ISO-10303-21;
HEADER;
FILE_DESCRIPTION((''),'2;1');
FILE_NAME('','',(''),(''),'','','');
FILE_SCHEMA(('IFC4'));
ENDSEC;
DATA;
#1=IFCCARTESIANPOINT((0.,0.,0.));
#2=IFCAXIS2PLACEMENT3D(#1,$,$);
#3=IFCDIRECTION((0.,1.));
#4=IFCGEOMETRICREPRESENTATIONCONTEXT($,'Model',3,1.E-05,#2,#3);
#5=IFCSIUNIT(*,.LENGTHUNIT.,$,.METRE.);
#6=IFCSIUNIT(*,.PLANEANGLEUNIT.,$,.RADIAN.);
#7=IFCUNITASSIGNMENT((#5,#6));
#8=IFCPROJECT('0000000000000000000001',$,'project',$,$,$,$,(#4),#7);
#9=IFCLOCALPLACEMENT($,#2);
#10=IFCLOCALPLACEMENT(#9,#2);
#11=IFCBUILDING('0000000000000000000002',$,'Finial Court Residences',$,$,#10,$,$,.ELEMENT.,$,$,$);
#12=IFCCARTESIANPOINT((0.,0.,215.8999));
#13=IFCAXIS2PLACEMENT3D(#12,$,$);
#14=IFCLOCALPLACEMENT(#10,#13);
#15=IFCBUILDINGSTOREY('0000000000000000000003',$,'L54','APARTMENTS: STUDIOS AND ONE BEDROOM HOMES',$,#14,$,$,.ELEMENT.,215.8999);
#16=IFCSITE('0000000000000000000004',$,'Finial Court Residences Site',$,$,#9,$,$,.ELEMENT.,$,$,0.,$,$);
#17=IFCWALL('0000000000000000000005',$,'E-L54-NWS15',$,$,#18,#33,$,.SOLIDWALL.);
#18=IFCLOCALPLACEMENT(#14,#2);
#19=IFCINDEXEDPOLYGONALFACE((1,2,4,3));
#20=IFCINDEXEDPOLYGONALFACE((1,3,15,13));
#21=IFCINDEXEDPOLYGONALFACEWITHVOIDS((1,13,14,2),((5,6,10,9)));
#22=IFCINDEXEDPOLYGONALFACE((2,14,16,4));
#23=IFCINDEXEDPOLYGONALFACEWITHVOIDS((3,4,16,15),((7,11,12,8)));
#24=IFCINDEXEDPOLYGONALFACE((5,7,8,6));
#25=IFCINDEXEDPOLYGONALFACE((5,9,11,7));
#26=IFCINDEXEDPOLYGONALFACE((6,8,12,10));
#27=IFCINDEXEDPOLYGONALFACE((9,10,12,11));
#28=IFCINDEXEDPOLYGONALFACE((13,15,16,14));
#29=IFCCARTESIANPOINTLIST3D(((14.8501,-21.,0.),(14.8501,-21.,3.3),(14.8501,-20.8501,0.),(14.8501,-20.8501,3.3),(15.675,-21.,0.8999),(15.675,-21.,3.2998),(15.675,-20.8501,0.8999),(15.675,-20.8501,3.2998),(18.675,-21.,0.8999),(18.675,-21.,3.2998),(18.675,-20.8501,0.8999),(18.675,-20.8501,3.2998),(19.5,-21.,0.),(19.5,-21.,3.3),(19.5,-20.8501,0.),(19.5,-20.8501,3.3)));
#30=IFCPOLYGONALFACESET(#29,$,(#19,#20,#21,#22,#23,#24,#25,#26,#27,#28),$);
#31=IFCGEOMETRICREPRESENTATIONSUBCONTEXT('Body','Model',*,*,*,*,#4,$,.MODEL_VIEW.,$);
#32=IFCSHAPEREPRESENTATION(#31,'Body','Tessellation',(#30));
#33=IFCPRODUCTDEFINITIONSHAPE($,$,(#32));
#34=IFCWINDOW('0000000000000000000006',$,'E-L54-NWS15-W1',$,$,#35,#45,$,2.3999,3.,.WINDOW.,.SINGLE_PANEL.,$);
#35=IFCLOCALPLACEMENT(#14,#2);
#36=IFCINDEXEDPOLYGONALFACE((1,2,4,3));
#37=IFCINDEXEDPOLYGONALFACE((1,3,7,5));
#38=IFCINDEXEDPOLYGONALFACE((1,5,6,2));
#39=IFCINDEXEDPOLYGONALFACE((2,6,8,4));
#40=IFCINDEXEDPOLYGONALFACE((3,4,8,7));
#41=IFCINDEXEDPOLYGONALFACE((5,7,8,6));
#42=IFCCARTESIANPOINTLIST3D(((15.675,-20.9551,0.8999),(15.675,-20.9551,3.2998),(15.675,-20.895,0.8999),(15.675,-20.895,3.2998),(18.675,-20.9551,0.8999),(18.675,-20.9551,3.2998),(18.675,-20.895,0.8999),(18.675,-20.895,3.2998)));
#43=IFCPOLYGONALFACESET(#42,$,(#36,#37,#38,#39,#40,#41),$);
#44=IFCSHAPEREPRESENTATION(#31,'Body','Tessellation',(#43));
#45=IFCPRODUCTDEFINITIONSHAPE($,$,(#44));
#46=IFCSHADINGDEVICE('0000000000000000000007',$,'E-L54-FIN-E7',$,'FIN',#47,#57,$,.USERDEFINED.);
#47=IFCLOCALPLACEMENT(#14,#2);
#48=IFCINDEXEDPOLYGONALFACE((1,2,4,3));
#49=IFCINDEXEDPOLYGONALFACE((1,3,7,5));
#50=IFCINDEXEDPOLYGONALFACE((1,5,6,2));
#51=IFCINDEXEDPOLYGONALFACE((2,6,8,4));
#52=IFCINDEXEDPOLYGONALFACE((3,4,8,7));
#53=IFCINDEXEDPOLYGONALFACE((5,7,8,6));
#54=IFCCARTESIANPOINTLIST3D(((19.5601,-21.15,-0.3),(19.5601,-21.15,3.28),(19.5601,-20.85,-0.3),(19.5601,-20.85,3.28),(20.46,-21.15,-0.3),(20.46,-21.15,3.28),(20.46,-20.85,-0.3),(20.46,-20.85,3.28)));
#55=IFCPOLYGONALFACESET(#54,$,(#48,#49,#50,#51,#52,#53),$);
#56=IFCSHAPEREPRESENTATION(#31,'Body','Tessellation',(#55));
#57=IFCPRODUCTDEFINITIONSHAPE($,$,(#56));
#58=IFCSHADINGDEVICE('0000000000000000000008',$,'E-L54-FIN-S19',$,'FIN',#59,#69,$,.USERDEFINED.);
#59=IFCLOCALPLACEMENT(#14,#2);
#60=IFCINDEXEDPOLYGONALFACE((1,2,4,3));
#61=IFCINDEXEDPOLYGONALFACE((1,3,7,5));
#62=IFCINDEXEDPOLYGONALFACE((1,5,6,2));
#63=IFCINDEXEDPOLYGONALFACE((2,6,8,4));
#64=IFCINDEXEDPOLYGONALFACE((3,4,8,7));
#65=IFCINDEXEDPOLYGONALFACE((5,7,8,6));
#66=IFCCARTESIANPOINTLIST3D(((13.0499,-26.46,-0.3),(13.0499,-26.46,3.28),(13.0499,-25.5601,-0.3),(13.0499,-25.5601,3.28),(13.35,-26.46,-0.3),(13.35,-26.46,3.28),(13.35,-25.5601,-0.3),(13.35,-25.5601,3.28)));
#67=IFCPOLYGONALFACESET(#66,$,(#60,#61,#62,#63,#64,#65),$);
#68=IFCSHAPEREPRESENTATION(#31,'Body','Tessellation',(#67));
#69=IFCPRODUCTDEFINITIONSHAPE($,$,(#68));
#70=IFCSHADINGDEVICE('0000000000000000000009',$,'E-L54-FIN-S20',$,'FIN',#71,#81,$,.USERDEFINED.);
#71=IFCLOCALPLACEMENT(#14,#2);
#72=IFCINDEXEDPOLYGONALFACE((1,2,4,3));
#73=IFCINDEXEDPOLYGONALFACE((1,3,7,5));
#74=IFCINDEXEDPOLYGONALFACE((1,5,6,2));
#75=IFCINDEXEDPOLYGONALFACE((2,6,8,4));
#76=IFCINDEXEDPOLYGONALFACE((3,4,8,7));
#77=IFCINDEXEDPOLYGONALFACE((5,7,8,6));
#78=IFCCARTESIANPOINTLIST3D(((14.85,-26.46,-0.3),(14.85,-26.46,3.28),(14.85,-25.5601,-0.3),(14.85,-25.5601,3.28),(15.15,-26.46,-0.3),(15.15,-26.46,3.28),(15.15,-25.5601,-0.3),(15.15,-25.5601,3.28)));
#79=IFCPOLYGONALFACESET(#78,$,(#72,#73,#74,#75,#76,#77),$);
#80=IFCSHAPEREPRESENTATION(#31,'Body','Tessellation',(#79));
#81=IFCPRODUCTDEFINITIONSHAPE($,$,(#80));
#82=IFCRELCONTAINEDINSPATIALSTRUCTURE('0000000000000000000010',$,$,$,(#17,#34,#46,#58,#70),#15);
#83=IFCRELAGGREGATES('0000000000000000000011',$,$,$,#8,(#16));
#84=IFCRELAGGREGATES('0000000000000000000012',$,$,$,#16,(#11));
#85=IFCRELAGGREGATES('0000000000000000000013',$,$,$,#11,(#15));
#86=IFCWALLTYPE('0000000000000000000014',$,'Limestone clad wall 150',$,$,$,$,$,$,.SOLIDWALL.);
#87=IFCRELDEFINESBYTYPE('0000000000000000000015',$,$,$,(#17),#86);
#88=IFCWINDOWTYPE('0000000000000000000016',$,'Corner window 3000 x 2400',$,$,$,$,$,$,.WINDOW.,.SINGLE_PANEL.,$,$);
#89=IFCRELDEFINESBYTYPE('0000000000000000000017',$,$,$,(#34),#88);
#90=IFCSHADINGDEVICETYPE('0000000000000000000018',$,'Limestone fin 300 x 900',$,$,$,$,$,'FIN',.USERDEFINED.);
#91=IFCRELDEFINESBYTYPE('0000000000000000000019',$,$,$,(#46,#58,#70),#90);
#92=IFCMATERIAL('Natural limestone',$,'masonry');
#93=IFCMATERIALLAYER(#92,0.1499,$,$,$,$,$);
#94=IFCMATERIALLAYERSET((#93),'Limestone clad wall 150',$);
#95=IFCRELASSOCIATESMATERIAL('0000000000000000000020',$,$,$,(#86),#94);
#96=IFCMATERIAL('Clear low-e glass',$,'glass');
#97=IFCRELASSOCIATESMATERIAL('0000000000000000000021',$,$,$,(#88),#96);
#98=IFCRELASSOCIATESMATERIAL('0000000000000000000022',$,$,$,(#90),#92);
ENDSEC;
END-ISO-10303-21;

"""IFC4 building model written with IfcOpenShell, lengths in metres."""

from ifc_helpers import new_model, si_unit, direction, frame, frame_2d, origin, origin_2d, place, context, subcontext, project, spatial, rectangle, extrude, material, layer, layer_set, type_object, element, fill, save


model = new_model("IFC4")

# Units and contexts
model_context = context("Model", 3, precision=1e-05, world=origin(), true_north=direction((0.0, 1.0)))
body_context = subcontext(model_context, "Body", "Model", "MODEL_VIEW")
ifc_project = project(units=[si_unit("LENGTHUNIT", "METRE"), si_unit("PLANEANGLEUNIT", "RADIAN")], contexts=[model_context])

# Site, building, storey
site_placement = place(None, origin())
site = spatial("IfcSite", under=ifc_project, at=site_placement, Name="Finial Court Residences Site", CompositionType="ELEMENT", RefElevation=0.0)
building_placement = place(site_placement, origin())
building = spatial("IfcBuilding", under=site, at=building_placement, Name="Finial Court Residences", CompositionType="ELEMENT")
storey_placement = place(building_placement, frame((0.0, 0.0, 215.8999)))
storey = spatial("IfcBuildingStorey", under=building, at=storey_placement, Name="L54", Description="APARTMENTS: STUDIOS AND ONE BEDROOM HOMES", CompositionType="ELEMENT", Elevation=215.8999)

# Shared definitions
ifc_material_1 = material(Name="Clear low-e glass", Category="glass")

# Wall, opening, window
ifc_material_2 = material(Name="Natural limestone", Category="masonry")
ifc_layer_1 = layer(ifc_material_2, 0.1499)
ifc_layer_set_1 = layer_set([ifc_layer_1], Name="Limestone clad wall 150")
wall_type_1 = type_object("IfcWallType", Name="Limestone clad wall 150", PredefinedType="SOLIDWALL", material=ifc_layer_set_1)
window_type = type_object("IfcWindowType", Name="Corner window 3000 x 2400", PartitioningType="SINGLE_PANEL", PredefinedType="WINDOW", material=ifc_material_1)
wall_1_placement = place(storey_placement, frame((19.5, -20.925, 0.0), z_axis=(0.0, 0.0, 1.0), x_axis=(-1.0, 0.0, 0.0)))
wall_1 = element("IfcWall", 1, at=wall_1_placement, inside=storey, type_object=wall_type_1, Name="E-L54-NWS15", PredefinedType="SOLIDWALL", context=body_context, shape_type="SweptSolid", body=[
    extrude(rectangle(XDim=4.6499, YDim=0.1499, at=frame_2d((2.325, 0.0))), origin(), (0.0, 0.0, 1.0), 3.3),
])
opening_1_placement = place(wall_1_placement, frame((0.825, 0.0, 0.8999)))
opening_1 = element("IfcOpeningElement", 2, at=opening_1_placement, cuts=wall_1, PredefinedType="OPENING", context=body_context, shape_type="SweptSolid", body=[
    extrude(rectangle(XDim=3.0, YDim=2.3999, at=frame_2d((1.5, 1.2))), frame((0.0, 0.085, 0.0), z_axis=(0.0, -1.0, 0.0), x_axis=(1.0, 0.0, 0.0)), (0.0, 0.0, 1.0), 0.1699),
])
window_1_placement = place(opening_1_placement, origin())
window_1 = element("IfcWindow", 3, at=window_1_placement, inside=storey, type_object=window_type, Name="E-L54-NWS15-W1", OverallHeight=2.3999, OverallWidth=3.0, PartitioningType="SINGLE_PANEL", PredefinedType="WINDOW", context=body_context, shape_type="SweptSolid", body=[
    extrude(rectangle(XDim=3.0, YDim=2.3999, at=frame_2d((1.5, 1.2))), frame((0.0, 0.03, 0.0), z_axis=(0.0, -1.0, 0.0), x_axis=(1.0, 0.0, 0.0)), (0.0, 0.0, 1.0), 0.0601),
])
fill(opening_1, window_1)

# Shading devices
shading_device_type = type_object("IfcShadingDeviceType", Name="Limestone fin 300 x 900", ElementType="FIN", PredefinedType="USERDEFINED", material=ifc_material_2)
shading_device_placement = place(storey_placement, frame((20.01, -21.0, -0.3), z_axis=(0.0, 0.0, 1.0), x_axis=(1.0, 0.0, 0.0)))
element("IfcShadingDevice", 4, at=shading_device_placement, inside=storey, type_object=shading_device_type, Name="E-L54-FIN-E7", ObjectType="FIN", PredefinedType="USERDEFINED", context=body_context, shape_type="SweptSolid", body=[
    extrude(rectangle(XDim=0.8999, YDim=0.3, at=origin_2d()), origin(), (0.0, 0.0, 1.0), 3.5801),
])
for number, where, z_axis, x_axis, name in (
    (5, (13.2, -26.01, -0.3), (0.0, 0.0, 1.0), (1.0, 0.0, 0.0), "E-L54-FIN-S19"),
    (6, (15.0, -26.01, -0.3), (0.0, 0.0, 1.0), (1.0, 0.0, 0.0), "E-L54-FIN-S20"),
):
    element("IfcShadingDevice", number, at=place(storey_placement, frame(where, z_axis=z_axis, x_axis=x_axis)), inside=storey, type_object=shading_device_type, Name=name, ObjectType="FIN", PredefinedType="USERDEFINED", context=body_context, shape_type="SweptSolid", body=[
        extrude(rectangle(XDim=0.3, YDim=0.8999, at=origin_2d()), origin(), (0.0, 0.0, 1.0), 3.5801),
    ])

save(model, "model.ifc")
